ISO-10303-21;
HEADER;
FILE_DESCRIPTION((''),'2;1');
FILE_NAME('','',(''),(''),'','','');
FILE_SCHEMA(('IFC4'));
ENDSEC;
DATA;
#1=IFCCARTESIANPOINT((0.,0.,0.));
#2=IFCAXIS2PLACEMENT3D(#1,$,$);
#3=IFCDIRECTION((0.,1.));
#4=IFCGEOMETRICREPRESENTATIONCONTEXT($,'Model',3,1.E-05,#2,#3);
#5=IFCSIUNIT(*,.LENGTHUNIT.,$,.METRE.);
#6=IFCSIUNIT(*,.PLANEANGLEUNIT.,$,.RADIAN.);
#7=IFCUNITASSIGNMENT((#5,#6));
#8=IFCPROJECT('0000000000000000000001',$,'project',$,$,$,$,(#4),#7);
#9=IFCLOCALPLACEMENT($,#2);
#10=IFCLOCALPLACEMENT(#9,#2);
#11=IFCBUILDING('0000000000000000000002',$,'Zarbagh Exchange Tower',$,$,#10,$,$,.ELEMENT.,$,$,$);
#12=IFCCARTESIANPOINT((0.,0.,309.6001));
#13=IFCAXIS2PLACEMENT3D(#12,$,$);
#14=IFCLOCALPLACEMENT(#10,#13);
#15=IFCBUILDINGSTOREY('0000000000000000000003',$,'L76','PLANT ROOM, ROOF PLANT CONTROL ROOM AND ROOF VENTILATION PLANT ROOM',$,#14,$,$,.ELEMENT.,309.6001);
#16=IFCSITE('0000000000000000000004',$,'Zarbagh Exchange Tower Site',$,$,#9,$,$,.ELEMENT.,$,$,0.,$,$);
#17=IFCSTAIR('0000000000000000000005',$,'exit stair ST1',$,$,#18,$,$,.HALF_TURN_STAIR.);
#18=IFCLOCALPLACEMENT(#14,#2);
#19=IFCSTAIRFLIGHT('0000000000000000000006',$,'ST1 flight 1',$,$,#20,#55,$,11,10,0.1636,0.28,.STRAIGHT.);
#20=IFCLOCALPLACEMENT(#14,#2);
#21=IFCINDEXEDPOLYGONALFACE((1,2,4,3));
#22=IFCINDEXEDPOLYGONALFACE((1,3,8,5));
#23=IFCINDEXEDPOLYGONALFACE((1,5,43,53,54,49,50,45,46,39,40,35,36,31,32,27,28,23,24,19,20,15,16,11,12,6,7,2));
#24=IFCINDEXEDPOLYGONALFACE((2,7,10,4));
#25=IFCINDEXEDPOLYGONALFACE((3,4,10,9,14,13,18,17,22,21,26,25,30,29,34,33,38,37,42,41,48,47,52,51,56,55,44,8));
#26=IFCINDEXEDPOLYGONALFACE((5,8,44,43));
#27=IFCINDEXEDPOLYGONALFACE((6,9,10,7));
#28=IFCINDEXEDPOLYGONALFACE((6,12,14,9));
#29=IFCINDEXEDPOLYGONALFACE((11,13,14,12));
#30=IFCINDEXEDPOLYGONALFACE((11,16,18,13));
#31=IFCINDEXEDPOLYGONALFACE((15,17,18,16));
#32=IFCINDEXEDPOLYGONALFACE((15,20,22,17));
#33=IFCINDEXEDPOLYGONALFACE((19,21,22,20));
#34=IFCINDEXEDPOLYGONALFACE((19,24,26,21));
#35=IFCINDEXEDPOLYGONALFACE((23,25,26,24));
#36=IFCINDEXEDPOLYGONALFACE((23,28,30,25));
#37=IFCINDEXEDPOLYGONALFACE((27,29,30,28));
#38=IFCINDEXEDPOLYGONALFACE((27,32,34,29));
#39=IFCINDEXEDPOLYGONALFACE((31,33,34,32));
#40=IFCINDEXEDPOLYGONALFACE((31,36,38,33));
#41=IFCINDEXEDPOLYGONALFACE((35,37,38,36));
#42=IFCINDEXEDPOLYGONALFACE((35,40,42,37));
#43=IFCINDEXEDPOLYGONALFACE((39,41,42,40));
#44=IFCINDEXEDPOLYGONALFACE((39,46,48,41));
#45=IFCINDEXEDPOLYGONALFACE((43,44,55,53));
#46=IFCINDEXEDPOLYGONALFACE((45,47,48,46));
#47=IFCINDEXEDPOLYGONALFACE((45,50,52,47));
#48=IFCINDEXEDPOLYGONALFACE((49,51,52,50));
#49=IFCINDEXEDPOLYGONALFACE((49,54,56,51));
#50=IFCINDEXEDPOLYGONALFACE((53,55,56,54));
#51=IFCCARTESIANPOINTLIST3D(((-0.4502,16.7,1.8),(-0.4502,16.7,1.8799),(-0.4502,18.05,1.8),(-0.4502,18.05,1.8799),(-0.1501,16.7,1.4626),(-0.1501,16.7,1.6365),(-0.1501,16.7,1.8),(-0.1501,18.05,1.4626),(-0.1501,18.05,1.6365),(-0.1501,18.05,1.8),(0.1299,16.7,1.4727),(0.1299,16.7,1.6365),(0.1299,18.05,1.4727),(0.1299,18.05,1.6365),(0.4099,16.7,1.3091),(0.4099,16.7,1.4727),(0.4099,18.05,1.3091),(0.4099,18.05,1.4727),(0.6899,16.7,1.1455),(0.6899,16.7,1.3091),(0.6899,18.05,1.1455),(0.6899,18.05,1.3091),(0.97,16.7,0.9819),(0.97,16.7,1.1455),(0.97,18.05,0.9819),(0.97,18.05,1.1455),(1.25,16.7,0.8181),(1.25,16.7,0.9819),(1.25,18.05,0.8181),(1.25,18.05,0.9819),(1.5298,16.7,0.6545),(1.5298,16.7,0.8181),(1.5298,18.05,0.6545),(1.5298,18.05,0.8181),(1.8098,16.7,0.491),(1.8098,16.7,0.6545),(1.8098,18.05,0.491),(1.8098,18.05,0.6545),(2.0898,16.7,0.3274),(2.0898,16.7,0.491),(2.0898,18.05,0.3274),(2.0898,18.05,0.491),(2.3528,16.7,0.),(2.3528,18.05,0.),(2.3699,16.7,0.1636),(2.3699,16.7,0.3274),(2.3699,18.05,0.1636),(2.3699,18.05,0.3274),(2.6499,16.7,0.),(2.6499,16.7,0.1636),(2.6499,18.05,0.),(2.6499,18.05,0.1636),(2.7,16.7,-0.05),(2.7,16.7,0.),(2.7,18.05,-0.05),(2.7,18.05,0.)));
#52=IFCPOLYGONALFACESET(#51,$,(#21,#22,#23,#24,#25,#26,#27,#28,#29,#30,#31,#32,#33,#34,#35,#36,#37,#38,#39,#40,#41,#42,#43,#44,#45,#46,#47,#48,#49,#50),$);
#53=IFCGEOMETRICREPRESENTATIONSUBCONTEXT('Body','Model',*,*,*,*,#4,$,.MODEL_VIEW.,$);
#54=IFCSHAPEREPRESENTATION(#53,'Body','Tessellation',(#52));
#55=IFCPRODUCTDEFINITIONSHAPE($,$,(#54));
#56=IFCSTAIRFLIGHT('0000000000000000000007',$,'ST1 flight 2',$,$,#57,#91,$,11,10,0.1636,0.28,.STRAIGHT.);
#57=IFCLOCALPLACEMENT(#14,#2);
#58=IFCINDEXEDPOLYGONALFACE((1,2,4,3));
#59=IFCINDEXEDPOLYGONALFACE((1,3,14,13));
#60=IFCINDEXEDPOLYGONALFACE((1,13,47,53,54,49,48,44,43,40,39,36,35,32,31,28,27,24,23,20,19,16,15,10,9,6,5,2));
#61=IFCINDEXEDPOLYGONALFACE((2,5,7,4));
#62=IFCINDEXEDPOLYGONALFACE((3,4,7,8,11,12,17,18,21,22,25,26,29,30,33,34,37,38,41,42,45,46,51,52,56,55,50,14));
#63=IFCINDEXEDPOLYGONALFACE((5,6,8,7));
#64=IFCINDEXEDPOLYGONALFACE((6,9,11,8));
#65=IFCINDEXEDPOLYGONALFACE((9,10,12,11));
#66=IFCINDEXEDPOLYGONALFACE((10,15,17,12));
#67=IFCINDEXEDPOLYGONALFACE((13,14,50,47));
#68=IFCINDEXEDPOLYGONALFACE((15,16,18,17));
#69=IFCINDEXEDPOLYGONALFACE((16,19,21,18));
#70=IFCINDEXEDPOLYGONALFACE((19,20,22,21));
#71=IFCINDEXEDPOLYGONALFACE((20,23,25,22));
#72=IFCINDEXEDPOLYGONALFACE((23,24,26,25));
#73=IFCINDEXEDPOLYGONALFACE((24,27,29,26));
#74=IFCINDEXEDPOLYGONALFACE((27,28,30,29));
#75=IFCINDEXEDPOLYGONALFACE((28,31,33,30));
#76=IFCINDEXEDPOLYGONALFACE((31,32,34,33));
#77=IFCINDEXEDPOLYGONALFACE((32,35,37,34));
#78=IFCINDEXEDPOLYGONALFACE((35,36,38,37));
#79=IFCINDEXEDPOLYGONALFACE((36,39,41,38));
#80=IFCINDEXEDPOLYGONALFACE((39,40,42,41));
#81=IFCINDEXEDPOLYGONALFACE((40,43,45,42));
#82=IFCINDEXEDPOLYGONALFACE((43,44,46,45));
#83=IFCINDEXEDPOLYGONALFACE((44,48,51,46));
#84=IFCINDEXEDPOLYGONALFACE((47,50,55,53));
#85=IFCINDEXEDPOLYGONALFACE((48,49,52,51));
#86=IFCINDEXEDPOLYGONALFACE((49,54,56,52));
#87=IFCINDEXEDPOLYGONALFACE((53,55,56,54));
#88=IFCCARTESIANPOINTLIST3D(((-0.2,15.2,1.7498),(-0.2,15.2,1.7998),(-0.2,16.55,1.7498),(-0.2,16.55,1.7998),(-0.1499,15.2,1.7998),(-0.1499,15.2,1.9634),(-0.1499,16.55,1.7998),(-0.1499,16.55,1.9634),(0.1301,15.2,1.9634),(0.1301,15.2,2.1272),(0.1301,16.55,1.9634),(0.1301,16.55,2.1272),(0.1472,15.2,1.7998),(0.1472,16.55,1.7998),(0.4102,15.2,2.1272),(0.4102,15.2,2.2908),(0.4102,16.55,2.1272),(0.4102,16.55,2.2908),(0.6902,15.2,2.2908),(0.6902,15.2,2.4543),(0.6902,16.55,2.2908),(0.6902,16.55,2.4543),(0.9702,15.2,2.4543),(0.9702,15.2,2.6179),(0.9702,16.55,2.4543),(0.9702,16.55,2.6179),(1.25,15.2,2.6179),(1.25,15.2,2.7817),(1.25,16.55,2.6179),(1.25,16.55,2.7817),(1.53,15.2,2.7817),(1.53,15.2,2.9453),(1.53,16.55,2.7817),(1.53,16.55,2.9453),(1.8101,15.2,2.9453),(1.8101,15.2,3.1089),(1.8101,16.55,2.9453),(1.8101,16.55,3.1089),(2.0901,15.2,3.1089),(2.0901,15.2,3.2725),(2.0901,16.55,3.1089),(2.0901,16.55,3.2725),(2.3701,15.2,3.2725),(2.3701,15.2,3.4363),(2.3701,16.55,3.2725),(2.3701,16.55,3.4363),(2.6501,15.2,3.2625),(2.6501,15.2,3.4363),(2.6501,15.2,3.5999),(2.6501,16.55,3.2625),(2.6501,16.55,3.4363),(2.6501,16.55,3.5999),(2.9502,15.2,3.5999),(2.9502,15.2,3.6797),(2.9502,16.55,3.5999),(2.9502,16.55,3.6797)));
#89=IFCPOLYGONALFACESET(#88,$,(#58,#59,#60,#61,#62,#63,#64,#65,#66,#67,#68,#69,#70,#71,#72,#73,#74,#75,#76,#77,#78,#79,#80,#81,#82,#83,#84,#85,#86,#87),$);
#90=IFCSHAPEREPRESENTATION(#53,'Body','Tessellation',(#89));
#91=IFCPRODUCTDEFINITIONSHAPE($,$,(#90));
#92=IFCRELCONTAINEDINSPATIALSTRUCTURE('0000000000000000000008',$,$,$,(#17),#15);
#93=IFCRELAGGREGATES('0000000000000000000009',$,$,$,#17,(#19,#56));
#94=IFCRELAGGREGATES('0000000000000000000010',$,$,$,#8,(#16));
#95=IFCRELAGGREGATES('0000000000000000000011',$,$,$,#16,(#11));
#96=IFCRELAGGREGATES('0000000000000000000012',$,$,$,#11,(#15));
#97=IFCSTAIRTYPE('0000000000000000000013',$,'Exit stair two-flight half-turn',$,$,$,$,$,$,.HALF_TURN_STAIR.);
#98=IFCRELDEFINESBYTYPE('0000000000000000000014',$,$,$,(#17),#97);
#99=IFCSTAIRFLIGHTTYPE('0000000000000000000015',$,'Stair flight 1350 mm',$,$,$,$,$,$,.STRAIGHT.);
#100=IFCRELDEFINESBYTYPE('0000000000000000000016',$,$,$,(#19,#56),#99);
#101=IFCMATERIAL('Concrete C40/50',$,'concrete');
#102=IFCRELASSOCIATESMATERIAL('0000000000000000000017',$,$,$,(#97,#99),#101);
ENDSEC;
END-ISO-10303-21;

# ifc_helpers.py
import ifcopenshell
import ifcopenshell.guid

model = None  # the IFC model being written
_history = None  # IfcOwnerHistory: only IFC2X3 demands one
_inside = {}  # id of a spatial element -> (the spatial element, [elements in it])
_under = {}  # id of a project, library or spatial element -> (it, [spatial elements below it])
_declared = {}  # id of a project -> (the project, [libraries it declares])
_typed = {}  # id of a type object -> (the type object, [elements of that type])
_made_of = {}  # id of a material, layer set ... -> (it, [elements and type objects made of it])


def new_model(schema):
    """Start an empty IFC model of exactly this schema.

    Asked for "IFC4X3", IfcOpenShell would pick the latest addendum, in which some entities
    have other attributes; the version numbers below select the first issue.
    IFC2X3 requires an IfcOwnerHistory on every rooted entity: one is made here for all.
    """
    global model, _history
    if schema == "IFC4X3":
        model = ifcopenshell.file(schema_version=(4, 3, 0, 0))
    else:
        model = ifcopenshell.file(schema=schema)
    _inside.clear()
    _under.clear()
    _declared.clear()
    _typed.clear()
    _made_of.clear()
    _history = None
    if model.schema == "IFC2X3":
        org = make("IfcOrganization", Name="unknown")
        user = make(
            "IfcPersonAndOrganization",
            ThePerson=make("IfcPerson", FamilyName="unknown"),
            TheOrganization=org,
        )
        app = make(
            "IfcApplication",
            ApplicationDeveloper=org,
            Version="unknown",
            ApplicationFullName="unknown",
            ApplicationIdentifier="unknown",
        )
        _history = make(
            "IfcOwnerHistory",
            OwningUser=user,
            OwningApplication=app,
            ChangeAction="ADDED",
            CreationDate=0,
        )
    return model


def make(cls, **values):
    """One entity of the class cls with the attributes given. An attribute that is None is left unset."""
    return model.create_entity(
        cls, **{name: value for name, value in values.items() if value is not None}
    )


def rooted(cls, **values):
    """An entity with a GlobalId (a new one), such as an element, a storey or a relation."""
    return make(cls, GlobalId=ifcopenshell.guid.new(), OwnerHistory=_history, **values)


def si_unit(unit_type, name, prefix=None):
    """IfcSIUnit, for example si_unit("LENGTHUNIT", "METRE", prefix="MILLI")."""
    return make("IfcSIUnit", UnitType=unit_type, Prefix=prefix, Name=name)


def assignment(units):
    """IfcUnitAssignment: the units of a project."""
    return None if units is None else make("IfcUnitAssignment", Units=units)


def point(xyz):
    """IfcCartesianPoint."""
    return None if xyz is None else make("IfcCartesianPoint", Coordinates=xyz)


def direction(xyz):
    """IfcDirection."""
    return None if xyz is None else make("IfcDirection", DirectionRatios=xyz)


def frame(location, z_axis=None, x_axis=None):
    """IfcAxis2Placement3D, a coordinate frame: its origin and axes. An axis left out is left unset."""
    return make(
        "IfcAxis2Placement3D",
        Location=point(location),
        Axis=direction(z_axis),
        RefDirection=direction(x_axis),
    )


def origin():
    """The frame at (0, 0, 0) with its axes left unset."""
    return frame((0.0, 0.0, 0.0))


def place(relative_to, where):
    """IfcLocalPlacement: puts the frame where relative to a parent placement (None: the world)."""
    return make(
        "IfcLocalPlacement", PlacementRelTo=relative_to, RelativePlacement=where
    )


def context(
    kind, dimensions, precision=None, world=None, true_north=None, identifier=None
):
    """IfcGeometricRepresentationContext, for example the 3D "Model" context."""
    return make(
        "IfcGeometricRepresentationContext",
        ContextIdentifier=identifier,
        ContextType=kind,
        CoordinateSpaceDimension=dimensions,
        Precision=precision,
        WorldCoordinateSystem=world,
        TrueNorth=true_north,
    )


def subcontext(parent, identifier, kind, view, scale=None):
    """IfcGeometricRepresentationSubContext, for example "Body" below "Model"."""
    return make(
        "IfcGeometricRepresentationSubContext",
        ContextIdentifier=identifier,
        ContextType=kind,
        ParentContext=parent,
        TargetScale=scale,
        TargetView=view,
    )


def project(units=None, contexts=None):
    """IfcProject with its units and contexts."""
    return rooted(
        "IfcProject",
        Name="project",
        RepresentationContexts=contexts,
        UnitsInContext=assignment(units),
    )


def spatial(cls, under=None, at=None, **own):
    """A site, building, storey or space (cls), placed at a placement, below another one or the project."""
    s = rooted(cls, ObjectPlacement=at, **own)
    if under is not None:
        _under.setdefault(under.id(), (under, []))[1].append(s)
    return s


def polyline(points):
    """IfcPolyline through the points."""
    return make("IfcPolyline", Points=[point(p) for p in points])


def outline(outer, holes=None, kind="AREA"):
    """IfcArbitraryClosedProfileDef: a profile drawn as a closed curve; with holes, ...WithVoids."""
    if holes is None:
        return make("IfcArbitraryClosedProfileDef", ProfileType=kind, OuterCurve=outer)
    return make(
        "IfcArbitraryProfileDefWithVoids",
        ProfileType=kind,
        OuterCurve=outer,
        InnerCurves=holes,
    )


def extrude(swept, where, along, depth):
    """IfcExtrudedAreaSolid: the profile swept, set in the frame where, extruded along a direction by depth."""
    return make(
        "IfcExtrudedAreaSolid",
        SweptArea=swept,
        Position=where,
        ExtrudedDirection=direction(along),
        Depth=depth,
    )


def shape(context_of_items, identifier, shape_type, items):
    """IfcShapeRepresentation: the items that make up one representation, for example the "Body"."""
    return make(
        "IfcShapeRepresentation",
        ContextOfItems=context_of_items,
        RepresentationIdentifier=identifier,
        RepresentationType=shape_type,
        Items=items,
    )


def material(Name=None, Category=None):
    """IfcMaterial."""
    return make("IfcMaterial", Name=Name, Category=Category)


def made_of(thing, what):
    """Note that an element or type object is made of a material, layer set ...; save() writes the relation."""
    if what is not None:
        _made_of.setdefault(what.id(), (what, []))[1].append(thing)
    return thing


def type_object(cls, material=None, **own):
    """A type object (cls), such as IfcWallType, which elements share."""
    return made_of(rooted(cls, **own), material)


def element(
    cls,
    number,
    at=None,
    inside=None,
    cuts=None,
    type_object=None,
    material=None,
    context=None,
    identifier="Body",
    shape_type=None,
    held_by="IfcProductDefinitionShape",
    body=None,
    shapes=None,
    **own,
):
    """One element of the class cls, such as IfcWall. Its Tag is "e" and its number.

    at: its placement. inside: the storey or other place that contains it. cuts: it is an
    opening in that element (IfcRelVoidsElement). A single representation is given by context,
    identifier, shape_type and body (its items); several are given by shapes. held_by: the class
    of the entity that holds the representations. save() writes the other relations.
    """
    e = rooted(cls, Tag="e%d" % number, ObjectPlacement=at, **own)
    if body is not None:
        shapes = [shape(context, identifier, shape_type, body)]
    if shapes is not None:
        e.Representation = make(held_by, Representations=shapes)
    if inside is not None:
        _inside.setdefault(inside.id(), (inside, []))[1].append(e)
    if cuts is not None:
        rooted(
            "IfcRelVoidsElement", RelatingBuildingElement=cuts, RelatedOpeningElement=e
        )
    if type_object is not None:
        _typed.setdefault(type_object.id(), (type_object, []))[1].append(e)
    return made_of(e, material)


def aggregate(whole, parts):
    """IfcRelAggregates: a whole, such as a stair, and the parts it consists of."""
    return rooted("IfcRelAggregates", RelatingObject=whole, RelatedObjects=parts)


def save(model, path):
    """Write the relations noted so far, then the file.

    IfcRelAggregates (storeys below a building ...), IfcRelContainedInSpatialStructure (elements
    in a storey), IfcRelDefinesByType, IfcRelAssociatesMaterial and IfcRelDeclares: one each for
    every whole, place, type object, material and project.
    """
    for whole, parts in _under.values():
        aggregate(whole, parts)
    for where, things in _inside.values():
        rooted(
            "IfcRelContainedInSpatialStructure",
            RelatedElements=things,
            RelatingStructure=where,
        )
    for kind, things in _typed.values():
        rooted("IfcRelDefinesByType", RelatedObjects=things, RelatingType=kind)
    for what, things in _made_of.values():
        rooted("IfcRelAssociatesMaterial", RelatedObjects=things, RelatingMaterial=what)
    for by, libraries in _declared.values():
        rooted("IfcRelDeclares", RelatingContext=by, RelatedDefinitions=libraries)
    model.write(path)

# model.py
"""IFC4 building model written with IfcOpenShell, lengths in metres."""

from ifc_helpers import new_model, si_unit, direction, frame, origin, place, context, subcontext, project, spatial, polyline, outline, extrude, material, type_object, element, aggregate, save


model = new_model("IFC4")

# Units and contexts
model_context = context("Model", 3, precision=1e-05, world=origin(), true_north=direction((0.0, 1.0)))
body_context = subcontext(model_context, "Body", "Model", "MODEL_VIEW")
ifc_project = project(units=[si_unit("LENGTHUNIT", "METRE"), si_unit("PLANEANGLEUNIT", "RADIAN")], contexts=[model_context])

# Site, building, storey
site_placement = place(None, origin())
site = spatial("IfcSite", under=ifc_project, at=site_placement, Name="Zarbagh Exchange Tower Site", CompositionType="ELEMENT", RefElevation=0.0)
building_placement = place(site_placement, origin())
building = spatial("IfcBuilding", under=site, at=building_placement, Name="Zarbagh Exchange Tower", CompositionType="ELEMENT")
storey_placement = place(building_placement, frame((0.0, 0.0, 309.6001)))
storey = spatial("IfcBuildingStorey", under=building, at=storey_placement, Name="L76", Description="PLANT ROOM, ROOF PLANT CONTROL ROOM AND ROOF VENTILATION PLANT ROOM", CompositionType="ELEMENT", Elevation=309.6001)

# Shared definitions
ifc_material_1 = material(Name="Concrete C40/50", Category="concrete")

# Stair, stair flights
stair_type = type_object("IfcStairType", Name="Exit stair two-flight half-turn", PredefinedType="HALF_TURN_STAIR", material=ifc_material_1)
stair_placement = place(storey_placement, origin())
stair = element("IfcStair", 1, at=stair_placement, inside=storey, type_object=stair_type, Name="exit stair ST1", PredefinedType="HALF_TURN_STAIR")
stair_flight_type = type_object("IfcStairFlightType", Name="Stair flight 1350 mm", PredefinedType="STRAIGHT", material=ifc_material_1)
stair_flight_1_placement = place(storey_placement, frame((2.6499, 17.375, 0.0), z_axis=(0.0, 0.0, 1.0), x_axis=(-1.0, 0.0, 0.0)))
stair_flight_1 = element("IfcStairFlight", 2, at=stair_flight_1_placement, type_object=stair_flight_type, Name="ST1 flight 1", NumberOfRisers=11, NumberOfTreads=10, PredefinedType="STRAIGHT", RiserHeight=0.1636, TreadLength=0.28, context=body_context, shape_type="SweptSolid", body=[
    extrude(outline(polyline([(-0.05, -0.05), (-0.05, 0.0), (0.0, 0.0), (0.0, 0.1636), (0.28, 0.1636), (0.28, 0.3274), (0.5601, 0.3274), (0.5601, 0.491), (0.8401, 0.491), (0.8401, 0.6545), (1.1201, 0.6545), (1.1201, 0.8181), (1.3999, 0.8181), (1.3999, 0.9819), (1.6799, 0.9819), (1.6799, 1.1455), (1.96, 1.1455), (1.96, 1.3091), (2.24, 1.3091), (2.24, 1.4727), (2.52, 1.4727), (2.52, 1.6365), (2.8, 1.6365), (2.8, 1.8), (3.1001, 1.8799), (3.1001, 1.8), (2.8, 1.4626), (0.2971, 0.0), (-0.05, -0.05)])), frame((0.0, 0.675, 0.0), z_axis=(0.0, -1.0, 0.0), x_axis=(1.0, 0.0, 0.0)), (0.0, 0.0, 1.0), 1.3501),
])
stair_flight_2_placement = place(storey_placement, frame((-0.1499, 15.875, 1.7998), z_axis=(0.0, 0.0, 1.0), x_axis=(1.0, 0.0, 0.0)))
stair_flight_2 = element("IfcStairFlight", 3, at=stair_flight_2_placement, type_object=stair_flight_type, Name="ST1 flight 2", NumberOfRisers=11, NumberOfTreads=10, PredefinedType="STRAIGHT", RiserHeight=0.1636, TreadLength=0.28, context=body_context, shape_type="SweptSolid", body=[
    extrude(outline(polyline([(-0.05, -0.05), (-0.05, 0.0), (0.0, 0.0), (0.0, 0.1636), (0.28, 0.1636), (0.28, 0.3274), (0.5601, 0.3274), (0.5601, 0.491), (0.8401, 0.491), (0.8401, 0.6545), (1.1201, 0.6545), (1.1201, 0.8181), (1.3999, 0.8181), (1.3999, 0.9819), (1.6799, 0.9819), (1.6799, 1.1455), (1.96, 1.1455), (1.96, 1.3091), (2.24, 1.3091), (2.24, 1.4727), (2.52, 1.4727), (2.52, 1.6365), (2.8, 1.6365), (2.8, 1.8), (3.1001, 1.8799), (3.1001, 1.8), (2.8, 1.4626), (0.2971, 0.0), (-0.05, -0.05)])), frame((0.0, 0.675, 0.0), z_axis=(0.0, -1.0, 0.0), x_axis=(1.0, 0.0, 0.0)), (0.0, 0.0, 1.0), 1.3501),
])
aggregate(stair, [stair_flight_1, stair_flight_2])

save(model, "model.ifc")
